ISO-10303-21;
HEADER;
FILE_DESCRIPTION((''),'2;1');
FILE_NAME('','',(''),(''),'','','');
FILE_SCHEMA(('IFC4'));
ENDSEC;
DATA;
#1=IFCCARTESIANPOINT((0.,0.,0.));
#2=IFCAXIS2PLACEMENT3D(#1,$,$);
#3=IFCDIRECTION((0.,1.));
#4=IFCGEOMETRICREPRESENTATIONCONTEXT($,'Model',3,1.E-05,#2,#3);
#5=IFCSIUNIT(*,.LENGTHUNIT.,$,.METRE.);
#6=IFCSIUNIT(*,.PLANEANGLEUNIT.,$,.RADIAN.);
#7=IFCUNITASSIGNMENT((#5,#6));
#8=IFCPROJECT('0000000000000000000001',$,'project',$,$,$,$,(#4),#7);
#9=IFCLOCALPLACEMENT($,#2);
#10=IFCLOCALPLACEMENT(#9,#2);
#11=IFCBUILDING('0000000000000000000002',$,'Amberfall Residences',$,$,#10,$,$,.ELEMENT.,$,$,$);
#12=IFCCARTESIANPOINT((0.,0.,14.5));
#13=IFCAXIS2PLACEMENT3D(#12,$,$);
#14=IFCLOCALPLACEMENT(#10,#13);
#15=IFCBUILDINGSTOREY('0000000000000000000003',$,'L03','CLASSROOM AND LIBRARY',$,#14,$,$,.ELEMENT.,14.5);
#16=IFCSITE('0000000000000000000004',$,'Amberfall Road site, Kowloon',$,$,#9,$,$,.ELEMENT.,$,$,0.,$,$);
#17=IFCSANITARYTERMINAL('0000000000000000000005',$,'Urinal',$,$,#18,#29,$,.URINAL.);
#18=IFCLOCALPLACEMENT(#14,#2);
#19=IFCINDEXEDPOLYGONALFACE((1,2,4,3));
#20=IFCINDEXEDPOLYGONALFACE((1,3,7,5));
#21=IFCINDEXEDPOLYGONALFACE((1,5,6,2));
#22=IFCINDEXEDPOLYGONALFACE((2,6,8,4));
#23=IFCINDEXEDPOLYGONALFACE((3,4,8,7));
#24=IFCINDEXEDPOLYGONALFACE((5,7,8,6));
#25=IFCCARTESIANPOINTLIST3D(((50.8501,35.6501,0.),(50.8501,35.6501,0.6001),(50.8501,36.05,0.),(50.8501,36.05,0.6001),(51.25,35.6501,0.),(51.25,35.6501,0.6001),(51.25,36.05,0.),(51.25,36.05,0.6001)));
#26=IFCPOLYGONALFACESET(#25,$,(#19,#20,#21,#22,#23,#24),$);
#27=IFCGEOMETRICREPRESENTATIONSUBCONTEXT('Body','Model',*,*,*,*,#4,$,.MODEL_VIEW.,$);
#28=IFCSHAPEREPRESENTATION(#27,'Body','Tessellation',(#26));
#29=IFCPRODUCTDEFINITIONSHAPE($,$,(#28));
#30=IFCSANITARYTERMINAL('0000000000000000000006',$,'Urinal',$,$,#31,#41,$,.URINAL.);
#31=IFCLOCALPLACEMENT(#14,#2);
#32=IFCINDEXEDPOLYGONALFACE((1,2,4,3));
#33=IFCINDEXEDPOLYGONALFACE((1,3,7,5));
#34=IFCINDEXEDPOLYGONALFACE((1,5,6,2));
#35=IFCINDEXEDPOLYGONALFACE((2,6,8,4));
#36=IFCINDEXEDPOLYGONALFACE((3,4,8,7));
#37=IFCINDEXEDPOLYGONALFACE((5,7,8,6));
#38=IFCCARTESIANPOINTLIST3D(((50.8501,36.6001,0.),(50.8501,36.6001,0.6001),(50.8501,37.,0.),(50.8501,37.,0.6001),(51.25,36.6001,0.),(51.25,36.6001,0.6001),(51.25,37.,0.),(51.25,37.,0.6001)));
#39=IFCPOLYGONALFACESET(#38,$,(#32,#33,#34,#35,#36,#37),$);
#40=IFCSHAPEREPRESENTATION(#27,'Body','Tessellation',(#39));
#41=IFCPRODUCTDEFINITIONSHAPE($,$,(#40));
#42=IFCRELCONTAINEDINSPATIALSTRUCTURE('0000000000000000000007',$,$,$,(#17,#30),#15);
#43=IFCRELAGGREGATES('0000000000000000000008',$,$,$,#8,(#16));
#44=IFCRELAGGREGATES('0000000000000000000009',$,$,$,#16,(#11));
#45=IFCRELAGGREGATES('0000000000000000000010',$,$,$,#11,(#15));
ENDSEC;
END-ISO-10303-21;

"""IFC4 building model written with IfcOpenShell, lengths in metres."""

from ifc_helpers import new_model, si_unit, direction, frame, origin, origin_2d, place, context, subcontext, project, spatial, rectangle, extrude, element, save


model = new_model("IFC4")

# Units and contexts
model_context = context("Model", 3, precision=1e-05, world=origin(), true_north=direction((0.0, 1.0)))
body_context = subcontext(model_context, "Body", "Model", "MODEL_VIEW")
ifc_project = project(units=[si_unit("LENGTHUNIT", "METRE"), si_unit("PLANEANGLEUNIT", "RADIAN")], contexts=[model_context])

# Site, building, storey
site_placement = place(None, origin())
site = spatial("IfcSite", under=ifc_project, at=site_placement, Name="Amberfall Road site, Kowloon", CompositionType="ELEMENT", RefElevation=0.0)
building_placement = place(site_placement, origin())
building = spatial("IfcBuilding", under=site, at=building_placement, Name="Amberfall Residences", CompositionType="ELEMENT")
storey_placement = place(building_placement, frame((0.0, 0.0, 14.5)))
storey = spatial("IfcBuildingStorey", under=building, at=storey_placement, Name="L03", Description="CLASSROOM AND LIBRARY", CompositionType="ELEMENT", Elevation=14.5)

# Sanitary terminals
for number, where, z_axis, x_axis, name in (
    (1, (51.05, 35.8501, 0.0), (0.0, 0.0, 1.0), (1.0, 0.0, 0.0), "Urinal"),
    (2, (51.05, 36.8, 0.0), (0.0, 0.0, 1.0), (1.0, 0.0, 0.0), "Urinal"),
):
    element("IfcSanitaryTerminal", number, at=place(storey_placement, frame(where, z_axis=z_axis, x_axis=x_axis)), inside=storey, Name=name, PredefinedType="URINAL", context=body_context, shape_type="SweptSolid", body=[
        extrude(rectangle(XDim=0.3999, YDim=0.3999, at=origin_2d()), origin(), (0.0, 0.0, 1.0), 0.6001),
    ])

save(model, "model.ifc")
